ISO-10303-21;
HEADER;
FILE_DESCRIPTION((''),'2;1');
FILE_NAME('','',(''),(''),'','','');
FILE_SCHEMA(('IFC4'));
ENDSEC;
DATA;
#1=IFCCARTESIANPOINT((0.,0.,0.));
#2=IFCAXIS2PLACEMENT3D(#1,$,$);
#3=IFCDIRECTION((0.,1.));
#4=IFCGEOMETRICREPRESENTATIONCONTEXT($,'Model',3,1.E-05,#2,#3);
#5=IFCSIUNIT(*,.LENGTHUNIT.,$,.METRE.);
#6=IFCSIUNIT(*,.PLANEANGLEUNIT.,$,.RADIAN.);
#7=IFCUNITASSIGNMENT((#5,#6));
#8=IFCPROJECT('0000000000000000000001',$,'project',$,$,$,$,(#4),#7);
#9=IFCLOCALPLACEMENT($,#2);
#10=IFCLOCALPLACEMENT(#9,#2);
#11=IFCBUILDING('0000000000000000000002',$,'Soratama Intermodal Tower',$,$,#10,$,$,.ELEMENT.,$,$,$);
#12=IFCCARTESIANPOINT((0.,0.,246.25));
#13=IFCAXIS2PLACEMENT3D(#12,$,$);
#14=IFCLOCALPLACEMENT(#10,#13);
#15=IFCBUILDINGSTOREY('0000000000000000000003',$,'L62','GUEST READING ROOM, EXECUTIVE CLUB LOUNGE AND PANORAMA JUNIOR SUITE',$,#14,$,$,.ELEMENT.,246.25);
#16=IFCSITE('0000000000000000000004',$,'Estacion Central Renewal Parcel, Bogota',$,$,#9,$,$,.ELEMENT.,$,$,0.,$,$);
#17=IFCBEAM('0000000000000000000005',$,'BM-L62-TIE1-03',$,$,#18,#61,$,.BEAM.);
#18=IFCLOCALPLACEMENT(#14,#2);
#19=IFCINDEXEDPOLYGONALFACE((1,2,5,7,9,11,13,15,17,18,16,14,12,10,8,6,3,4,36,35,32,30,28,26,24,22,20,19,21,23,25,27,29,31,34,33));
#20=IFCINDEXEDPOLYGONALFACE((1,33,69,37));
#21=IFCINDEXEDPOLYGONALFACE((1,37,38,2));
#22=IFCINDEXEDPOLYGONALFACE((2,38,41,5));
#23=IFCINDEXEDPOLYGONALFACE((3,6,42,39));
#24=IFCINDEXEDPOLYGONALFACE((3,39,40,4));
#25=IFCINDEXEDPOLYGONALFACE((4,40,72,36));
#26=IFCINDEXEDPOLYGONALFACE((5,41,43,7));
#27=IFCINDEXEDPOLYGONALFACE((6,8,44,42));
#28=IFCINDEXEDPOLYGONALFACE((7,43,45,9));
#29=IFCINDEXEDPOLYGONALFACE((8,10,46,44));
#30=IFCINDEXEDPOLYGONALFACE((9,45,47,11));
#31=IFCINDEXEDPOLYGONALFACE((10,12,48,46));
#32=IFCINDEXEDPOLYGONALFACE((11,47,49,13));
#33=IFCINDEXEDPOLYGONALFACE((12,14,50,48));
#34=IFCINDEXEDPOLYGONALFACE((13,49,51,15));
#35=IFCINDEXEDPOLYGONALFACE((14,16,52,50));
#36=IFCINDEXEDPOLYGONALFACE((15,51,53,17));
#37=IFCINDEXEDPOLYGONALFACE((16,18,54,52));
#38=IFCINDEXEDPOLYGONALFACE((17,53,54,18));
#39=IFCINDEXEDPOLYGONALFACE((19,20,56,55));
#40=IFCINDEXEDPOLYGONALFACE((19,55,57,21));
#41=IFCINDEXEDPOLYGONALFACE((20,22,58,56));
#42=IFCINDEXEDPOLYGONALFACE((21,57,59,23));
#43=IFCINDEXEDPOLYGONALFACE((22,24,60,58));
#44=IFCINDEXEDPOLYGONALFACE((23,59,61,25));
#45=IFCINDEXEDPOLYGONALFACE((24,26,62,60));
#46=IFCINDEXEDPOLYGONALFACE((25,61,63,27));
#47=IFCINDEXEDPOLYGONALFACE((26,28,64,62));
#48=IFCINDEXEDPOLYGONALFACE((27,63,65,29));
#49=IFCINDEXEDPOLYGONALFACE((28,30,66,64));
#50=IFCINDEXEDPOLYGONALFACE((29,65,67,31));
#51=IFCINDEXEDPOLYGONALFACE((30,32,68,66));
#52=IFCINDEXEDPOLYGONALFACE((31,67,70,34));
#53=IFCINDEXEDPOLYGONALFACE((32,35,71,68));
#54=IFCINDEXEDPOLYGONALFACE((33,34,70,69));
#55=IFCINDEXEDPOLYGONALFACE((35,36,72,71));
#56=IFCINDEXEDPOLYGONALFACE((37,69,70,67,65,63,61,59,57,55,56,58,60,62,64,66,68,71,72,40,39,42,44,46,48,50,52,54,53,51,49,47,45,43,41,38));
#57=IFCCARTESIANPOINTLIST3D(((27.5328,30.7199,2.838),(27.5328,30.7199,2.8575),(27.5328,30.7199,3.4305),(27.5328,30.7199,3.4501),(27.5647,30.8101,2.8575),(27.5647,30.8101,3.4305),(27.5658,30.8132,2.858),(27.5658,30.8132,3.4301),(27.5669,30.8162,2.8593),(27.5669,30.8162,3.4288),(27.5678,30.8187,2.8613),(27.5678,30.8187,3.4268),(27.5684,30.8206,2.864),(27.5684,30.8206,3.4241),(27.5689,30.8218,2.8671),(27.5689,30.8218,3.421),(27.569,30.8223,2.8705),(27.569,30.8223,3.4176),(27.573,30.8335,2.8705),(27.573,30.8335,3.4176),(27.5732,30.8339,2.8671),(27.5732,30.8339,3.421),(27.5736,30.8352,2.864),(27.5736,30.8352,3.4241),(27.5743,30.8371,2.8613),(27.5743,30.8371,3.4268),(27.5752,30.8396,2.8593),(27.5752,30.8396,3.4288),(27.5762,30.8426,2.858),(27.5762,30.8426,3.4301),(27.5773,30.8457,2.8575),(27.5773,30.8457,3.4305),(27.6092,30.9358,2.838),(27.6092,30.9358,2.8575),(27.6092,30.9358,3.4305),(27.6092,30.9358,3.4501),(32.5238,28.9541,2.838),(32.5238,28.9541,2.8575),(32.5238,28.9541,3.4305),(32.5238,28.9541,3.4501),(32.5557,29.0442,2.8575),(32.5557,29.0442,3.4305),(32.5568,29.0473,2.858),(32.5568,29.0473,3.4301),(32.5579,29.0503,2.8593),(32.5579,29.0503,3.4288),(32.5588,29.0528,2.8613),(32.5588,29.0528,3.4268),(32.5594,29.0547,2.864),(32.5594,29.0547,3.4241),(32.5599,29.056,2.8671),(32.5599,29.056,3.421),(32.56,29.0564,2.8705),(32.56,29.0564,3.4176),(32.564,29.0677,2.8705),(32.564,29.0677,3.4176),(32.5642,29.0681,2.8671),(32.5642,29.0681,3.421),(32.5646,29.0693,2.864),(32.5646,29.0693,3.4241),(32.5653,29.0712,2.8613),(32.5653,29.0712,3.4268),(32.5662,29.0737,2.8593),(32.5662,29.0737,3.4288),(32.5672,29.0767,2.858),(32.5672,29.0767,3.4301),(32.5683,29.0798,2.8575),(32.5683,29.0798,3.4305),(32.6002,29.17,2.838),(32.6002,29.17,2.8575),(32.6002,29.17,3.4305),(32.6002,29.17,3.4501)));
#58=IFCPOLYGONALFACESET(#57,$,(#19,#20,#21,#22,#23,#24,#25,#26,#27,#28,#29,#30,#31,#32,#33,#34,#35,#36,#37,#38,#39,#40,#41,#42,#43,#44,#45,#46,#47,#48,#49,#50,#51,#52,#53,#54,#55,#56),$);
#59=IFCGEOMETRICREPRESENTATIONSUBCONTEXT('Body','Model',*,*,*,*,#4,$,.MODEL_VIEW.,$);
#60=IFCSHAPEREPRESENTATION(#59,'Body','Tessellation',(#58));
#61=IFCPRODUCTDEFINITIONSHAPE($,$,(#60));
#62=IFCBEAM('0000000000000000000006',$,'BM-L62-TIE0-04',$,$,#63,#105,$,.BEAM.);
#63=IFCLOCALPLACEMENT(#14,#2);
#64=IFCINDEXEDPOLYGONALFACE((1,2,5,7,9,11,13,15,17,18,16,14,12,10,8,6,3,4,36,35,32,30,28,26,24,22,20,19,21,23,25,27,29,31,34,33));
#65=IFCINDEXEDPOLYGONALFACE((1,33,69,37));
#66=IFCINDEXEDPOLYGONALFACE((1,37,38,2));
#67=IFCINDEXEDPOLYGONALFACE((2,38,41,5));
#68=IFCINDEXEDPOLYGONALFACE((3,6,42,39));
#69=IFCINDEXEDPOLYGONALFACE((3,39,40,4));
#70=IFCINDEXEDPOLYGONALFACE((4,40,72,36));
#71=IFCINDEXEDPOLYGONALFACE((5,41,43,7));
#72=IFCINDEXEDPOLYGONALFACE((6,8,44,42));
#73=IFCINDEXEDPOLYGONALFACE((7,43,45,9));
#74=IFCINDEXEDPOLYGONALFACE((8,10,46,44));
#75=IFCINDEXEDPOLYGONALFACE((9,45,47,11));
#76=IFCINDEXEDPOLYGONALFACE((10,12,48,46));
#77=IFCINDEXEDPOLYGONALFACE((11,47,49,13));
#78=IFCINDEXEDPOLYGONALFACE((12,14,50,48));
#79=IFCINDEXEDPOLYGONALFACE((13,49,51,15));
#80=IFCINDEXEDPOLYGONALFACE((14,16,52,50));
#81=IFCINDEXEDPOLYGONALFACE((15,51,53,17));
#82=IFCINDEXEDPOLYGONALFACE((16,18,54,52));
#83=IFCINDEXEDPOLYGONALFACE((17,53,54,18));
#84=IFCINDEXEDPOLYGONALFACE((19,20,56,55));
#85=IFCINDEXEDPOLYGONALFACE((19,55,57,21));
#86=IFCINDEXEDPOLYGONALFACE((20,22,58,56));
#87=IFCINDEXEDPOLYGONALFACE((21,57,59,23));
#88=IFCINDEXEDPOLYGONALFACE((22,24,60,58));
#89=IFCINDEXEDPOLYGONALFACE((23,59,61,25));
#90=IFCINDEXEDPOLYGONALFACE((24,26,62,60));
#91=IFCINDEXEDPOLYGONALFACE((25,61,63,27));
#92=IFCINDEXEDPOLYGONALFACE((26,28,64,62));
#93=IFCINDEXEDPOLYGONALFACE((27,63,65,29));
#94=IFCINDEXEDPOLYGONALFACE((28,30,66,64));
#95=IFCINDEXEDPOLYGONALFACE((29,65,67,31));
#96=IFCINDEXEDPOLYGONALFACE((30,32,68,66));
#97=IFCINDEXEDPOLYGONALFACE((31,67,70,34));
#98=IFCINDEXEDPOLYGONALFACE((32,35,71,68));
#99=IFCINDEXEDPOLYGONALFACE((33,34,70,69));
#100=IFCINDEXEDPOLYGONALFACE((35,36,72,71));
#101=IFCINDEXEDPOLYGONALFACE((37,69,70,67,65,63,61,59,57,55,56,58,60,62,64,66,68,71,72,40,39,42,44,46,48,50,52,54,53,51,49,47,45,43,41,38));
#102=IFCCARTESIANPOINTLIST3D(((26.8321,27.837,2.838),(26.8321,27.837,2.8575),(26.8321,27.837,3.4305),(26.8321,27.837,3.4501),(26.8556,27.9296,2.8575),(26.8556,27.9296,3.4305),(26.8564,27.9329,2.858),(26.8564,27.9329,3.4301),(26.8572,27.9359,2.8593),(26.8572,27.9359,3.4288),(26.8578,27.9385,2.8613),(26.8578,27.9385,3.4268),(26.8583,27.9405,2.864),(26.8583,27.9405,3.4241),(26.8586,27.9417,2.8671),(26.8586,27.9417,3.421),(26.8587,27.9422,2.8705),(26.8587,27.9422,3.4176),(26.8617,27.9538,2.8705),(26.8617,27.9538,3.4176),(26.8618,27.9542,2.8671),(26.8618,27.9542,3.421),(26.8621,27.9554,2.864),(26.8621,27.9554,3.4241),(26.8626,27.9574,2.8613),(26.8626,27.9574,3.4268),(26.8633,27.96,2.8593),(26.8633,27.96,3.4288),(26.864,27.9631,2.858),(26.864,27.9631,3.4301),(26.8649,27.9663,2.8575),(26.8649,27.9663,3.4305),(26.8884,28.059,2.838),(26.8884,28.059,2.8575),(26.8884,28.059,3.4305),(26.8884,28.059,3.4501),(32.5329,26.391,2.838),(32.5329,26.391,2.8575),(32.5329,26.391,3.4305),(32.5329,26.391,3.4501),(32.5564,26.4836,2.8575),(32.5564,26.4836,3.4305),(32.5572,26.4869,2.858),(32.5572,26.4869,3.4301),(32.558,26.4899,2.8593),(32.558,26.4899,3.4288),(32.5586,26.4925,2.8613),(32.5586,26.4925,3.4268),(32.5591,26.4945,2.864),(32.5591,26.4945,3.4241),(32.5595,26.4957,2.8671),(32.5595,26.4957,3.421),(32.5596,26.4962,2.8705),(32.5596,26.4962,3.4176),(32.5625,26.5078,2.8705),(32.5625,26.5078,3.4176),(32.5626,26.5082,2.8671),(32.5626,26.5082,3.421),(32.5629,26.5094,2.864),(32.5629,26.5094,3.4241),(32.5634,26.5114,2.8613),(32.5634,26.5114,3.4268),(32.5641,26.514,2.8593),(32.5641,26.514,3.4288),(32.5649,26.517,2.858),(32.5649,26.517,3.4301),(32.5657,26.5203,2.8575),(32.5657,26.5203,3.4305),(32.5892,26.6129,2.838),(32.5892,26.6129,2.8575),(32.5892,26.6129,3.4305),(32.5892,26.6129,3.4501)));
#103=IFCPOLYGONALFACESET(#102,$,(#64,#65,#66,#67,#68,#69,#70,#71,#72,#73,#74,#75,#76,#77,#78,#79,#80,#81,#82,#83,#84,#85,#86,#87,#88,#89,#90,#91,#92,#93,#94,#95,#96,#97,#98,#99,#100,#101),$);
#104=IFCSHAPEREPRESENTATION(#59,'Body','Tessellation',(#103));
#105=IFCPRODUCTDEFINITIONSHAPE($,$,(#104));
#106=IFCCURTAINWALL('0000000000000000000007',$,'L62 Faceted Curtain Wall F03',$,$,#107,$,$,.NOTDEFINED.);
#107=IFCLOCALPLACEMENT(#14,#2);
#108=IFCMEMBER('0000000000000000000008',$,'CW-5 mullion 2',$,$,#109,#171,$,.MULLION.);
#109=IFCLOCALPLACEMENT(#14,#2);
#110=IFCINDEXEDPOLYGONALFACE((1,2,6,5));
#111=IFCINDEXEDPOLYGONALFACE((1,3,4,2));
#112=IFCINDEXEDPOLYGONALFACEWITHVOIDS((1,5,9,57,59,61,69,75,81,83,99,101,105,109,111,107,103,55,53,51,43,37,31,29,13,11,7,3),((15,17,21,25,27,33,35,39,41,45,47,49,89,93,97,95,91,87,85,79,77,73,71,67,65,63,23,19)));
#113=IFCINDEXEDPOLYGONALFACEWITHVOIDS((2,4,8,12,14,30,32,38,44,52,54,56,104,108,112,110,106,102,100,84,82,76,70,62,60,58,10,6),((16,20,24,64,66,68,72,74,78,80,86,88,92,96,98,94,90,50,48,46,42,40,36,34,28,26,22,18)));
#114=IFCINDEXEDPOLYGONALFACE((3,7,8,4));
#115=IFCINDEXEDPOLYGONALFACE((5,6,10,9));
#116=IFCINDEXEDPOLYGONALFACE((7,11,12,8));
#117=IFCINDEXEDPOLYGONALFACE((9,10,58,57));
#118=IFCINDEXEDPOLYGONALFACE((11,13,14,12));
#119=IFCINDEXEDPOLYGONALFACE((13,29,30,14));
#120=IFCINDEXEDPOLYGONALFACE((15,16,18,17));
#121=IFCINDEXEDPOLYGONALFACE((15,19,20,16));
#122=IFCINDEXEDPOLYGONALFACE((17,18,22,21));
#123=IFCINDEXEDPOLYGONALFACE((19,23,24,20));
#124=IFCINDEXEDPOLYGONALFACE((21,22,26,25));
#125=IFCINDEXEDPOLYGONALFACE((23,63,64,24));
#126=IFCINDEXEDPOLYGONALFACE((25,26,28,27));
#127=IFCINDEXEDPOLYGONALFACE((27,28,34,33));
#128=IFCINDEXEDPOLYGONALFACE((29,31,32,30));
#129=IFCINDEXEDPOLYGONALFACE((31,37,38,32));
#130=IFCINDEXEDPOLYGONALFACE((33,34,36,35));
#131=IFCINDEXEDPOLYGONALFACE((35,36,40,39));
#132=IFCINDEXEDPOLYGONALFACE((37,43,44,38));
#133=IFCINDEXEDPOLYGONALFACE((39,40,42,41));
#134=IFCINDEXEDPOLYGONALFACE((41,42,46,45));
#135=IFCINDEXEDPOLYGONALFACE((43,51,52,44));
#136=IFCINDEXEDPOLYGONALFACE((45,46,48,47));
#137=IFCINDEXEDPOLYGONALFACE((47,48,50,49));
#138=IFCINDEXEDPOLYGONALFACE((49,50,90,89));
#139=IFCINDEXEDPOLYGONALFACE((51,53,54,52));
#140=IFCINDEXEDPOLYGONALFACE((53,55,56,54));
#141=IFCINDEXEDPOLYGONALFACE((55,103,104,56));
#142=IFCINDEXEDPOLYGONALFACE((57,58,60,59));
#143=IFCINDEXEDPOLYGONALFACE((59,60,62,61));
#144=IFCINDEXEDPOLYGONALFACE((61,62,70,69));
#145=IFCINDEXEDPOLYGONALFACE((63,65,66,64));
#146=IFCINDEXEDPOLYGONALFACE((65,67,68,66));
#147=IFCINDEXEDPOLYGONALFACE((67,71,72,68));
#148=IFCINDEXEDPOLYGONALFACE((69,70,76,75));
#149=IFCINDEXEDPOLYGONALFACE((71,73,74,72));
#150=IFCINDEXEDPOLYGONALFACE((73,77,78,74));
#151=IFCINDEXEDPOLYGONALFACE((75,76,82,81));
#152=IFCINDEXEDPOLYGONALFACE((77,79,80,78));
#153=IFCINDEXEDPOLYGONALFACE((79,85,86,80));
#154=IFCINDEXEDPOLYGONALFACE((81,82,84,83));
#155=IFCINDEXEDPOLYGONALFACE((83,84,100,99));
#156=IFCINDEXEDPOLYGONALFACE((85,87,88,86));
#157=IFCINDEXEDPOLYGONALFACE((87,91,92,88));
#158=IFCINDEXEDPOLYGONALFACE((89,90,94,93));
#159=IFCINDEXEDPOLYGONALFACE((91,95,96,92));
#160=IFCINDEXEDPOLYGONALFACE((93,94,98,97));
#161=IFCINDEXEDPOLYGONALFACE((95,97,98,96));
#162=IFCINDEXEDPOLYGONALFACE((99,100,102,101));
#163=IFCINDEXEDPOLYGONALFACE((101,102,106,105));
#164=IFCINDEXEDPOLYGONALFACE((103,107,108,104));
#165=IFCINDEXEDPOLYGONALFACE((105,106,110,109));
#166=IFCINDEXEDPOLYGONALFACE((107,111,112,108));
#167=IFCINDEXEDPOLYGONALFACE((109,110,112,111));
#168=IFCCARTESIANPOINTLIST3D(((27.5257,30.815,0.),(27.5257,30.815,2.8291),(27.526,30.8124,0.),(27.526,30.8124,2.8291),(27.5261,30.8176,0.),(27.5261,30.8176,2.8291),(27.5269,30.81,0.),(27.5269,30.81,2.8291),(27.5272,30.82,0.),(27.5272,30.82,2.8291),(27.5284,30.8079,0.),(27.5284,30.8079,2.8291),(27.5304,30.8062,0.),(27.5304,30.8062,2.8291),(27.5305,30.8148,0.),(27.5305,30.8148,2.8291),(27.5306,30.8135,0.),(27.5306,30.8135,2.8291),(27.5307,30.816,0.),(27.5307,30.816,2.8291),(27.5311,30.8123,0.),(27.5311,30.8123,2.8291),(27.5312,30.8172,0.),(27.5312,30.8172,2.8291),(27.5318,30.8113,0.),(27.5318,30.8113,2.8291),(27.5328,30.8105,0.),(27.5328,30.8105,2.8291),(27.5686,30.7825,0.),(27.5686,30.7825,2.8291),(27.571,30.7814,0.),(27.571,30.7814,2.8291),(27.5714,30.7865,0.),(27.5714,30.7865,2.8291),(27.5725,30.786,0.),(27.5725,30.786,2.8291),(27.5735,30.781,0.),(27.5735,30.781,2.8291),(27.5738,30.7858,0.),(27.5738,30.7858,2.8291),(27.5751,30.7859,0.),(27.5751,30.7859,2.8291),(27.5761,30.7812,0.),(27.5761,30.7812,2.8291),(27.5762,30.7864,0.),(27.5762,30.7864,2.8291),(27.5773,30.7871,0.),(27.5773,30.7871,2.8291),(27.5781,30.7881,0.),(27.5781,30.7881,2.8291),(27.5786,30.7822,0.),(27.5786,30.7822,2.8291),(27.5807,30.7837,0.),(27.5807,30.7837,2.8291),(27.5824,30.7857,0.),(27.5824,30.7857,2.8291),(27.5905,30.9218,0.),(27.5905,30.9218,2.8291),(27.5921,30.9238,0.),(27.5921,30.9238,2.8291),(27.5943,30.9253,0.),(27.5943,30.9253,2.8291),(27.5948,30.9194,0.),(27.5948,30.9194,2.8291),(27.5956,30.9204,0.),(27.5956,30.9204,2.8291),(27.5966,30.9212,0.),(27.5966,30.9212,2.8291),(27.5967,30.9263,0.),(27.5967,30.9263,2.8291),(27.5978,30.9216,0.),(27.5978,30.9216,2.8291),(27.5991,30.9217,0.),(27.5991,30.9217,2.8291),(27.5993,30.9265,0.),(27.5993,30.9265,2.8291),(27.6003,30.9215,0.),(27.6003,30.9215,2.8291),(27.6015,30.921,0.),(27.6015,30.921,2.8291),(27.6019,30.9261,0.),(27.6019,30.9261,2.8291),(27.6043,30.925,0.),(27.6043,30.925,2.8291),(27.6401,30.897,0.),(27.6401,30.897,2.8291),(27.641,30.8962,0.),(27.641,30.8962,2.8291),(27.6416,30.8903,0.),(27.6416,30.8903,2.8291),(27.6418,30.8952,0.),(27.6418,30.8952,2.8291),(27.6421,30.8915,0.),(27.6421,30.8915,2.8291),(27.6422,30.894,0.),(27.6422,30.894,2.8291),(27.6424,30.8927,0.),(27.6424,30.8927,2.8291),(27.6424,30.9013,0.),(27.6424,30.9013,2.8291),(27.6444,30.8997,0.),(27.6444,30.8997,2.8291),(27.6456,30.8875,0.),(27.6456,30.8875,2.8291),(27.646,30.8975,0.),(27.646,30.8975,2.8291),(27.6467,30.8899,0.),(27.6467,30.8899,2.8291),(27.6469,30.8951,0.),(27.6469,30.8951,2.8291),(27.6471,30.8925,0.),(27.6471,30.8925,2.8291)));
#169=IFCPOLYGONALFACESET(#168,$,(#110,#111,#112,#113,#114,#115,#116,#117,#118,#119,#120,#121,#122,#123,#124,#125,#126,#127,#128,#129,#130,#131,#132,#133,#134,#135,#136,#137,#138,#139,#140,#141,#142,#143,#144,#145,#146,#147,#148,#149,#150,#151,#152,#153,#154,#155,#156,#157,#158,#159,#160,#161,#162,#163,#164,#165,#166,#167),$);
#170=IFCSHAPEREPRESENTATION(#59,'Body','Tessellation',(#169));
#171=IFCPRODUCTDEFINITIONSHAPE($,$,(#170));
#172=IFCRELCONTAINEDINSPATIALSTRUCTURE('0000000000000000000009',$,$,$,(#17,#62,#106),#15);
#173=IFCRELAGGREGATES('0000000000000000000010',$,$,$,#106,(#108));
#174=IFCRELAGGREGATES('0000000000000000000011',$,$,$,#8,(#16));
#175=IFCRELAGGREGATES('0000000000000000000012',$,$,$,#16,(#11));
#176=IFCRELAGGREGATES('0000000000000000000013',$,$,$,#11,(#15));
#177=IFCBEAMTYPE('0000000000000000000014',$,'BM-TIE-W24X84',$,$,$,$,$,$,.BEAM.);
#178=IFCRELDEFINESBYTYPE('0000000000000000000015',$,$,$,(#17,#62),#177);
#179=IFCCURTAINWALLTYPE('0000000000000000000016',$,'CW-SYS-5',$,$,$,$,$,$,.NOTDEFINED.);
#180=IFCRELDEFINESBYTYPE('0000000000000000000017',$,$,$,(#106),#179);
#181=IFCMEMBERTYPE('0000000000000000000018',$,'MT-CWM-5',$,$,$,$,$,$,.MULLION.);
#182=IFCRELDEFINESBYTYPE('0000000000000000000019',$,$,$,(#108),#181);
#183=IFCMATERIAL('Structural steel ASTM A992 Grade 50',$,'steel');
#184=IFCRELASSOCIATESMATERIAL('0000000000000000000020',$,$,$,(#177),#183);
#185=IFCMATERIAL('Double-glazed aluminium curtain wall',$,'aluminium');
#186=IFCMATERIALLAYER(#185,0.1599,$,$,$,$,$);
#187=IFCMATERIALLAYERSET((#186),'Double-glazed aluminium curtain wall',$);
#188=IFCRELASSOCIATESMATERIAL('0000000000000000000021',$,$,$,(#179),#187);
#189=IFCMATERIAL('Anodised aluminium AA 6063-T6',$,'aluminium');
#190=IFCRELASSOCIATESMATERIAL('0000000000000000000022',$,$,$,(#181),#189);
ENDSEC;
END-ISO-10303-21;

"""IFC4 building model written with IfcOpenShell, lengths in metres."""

from ifc_helpers import new_model, si_unit, direction, frame, origin, origin_2d, place, context, subcontext, project, spatial, hollow_rectangle, i_section, extrude, material, layer, layer_set, material_profile, profile_set, type_object, element, aggregate, save


model = new_model("IFC4")

# Units and contexts
model_context = context("Model", 3, precision=1e-05, world=origin(), true_north=direction((0.0, 1.0)))
body_context = subcontext(model_context, "Body", "Model", "MODEL_VIEW")
ifc_project = project(units=[si_unit("LENGTHUNIT", "METRE"), si_unit("PLANEANGLEUNIT", "RADIAN")], contexts=[model_context])

# Site, building, storey
site_placement = place(None, origin())
site = spatial("IfcSite", under=ifc_project, at=site_placement, Name="Estacion Central Renewal Parcel, Bogota", CompositionType="ELEMENT", RefElevation=0.0)
building_placement = place(site_placement, origin())
building = spatial("IfcBuilding", under=site, at=building_placement, Name="Soratama Intermodal Tower", CompositionType="ELEMENT")
storey_placement = place(building_placement, frame((0.0, 0.0, 246.25)))
storey = spatial("IfcBuildingStorey", under=building, at=storey_placement, Name="L62", Description="GUEST READING ROOM, EXECUTIVE CLUB LOUNGE AND PANORAMA JUNIOR SUITE", CompositionType="ELEMENT", Elevation=246.25)

# Beams
ifc_material_1 = material(Name="Structural steel ASTM A992 Grade 50", Category="steel")
ifc_material_profile_1 = material_profile(ifc_material_1, i_section(OverallWidth=0.229, OverallDepth=0.6121, WebThickness=0.012, FlangeThickness=0.0195, FilletRadius=0.0129, at=origin_2d()), Name="W24X84")
ifc_profile_set_1 = profile_set([ifc_material_profile_1], Name="Structural steel ASTM A992 Grade 50")
beam_type_1 = type_object("IfcBeamType", Name="BM-TIE-W24X84", PredefinedType="BEAM", material=ifc_profile_set_1)
beam_1_placement = place(storey_placement, frame((32.562, 29.062, 3.144), z_axis=(-0.942732, 0.333551, 0.0), x_axis=(-0.333551, -0.942732, 0.0)))
element("IfcBeam", 1, at=beam_1_placement, inside=storey, type_object=beam_type_1, Name="BM-L62-TIE1-03", PredefinedType="BEAM", context=body_context, shape_type="SweptSolid", body=[
    extrude(i_section(OverallWidth=0.229, OverallDepth=0.6121, WebThickness=0.012, FlangeThickness=0.0195, FilletRadius=0.0129, at=origin_2d()), origin(), (0.0, 0.0, 1.0), 5.2942),
])
beam_2_placement = place(storey_placement, frame((32.561, 26.502, 3.144), z_axis=(-0.969304, 0.245865, 0.0), x_axis=(-0.245865, -0.969304, 0.0)))
element("IfcBeam", 2, at=beam_2_placement, inside=storey, type_object=beam_type_1, Name="BM-L62-TIE0-04", PredefinedType="BEAM", context=body_context, shape_type="SweptSolid", body=[
    extrude(i_section(OverallWidth=0.229, OverallDepth=0.6121, WebThickness=0.012, FlangeThickness=0.0195, FilletRadius=0.0129, at=origin_2d()), origin(), (0.0, 0.0, 1.0), 5.8813),
])

# Curtain wall, member
ifc_material_2 = material(Name="Double-glazed aluminium curtain wall", Category="aluminium")
ifc_layer_1 = layer(ifc_material_2, 0.1599)
ifc_layer_set_1 = layer_set([ifc_layer_1], Name="Double-glazed aluminium curtain wall")
curtain_wall_type = type_object("IfcCurtainWallType", Name="CW-SYS-5", PredefinedType="NOTDEFINED", material=ifc_layer_set_1)
curtain_wall_placement = place(storey_placement, origin())
curtain_wall = element("IfcCurtainWall", 3, at=curtain_wall_placement, inside=storey, type_object=curtain_wall_type, Name="L62 Faceted Curtain Wall F03", PredefinedType="NOTDEFINED")
ifc_material_3 = material(Name="Anodised aluminium AA 6063-T6", Category="aluminium")
ifc_material_profile_2 = material_profile(ifc_material_3, hollow_rectangle(XDim=0.0649, YDim=0.1399, WallThickness=0.0049, InnerFilletRadius=0.0049, OuterFilletRadius=0.01, at=origin_2d()), Name="CWM140X65X5")
ifc_profile_set_2 = profile_set([ifc_material_profile_2], Name="Anodised aluminium AA 6063-T6")
member_type = type_object("IfcMemberType", Name="MT-CWM-5", PredefinedType="MULLION", material=ifc_profile_set_2)
member_placement = place(storey_placement, frame((27.5864, 30.8538, 0.0), z_axis=(0.0, 0.0, 1.0), x_axis=(0.849339, -0.527848, 0.0)))
member = element("IfcMember", 4, at=member_placement, type_object=member_type, Name="CW-5 mullion 2", PredefinedType="MULLION", context=body_context, shape_type="SweptSolid", body=[
    extrude(hollow_rectangle(XDim=0.0649, YDim=0.1399, WallThickness=0.0049, InnerFilletRadius=0.0049, OuterFilletRadius=0.01, at=origin_2d()), origin(), (0.0, 0.0, 1.0), 2.8291),
])
aggregate(curtain_wall, [member])

save(model, "model.ifc")
